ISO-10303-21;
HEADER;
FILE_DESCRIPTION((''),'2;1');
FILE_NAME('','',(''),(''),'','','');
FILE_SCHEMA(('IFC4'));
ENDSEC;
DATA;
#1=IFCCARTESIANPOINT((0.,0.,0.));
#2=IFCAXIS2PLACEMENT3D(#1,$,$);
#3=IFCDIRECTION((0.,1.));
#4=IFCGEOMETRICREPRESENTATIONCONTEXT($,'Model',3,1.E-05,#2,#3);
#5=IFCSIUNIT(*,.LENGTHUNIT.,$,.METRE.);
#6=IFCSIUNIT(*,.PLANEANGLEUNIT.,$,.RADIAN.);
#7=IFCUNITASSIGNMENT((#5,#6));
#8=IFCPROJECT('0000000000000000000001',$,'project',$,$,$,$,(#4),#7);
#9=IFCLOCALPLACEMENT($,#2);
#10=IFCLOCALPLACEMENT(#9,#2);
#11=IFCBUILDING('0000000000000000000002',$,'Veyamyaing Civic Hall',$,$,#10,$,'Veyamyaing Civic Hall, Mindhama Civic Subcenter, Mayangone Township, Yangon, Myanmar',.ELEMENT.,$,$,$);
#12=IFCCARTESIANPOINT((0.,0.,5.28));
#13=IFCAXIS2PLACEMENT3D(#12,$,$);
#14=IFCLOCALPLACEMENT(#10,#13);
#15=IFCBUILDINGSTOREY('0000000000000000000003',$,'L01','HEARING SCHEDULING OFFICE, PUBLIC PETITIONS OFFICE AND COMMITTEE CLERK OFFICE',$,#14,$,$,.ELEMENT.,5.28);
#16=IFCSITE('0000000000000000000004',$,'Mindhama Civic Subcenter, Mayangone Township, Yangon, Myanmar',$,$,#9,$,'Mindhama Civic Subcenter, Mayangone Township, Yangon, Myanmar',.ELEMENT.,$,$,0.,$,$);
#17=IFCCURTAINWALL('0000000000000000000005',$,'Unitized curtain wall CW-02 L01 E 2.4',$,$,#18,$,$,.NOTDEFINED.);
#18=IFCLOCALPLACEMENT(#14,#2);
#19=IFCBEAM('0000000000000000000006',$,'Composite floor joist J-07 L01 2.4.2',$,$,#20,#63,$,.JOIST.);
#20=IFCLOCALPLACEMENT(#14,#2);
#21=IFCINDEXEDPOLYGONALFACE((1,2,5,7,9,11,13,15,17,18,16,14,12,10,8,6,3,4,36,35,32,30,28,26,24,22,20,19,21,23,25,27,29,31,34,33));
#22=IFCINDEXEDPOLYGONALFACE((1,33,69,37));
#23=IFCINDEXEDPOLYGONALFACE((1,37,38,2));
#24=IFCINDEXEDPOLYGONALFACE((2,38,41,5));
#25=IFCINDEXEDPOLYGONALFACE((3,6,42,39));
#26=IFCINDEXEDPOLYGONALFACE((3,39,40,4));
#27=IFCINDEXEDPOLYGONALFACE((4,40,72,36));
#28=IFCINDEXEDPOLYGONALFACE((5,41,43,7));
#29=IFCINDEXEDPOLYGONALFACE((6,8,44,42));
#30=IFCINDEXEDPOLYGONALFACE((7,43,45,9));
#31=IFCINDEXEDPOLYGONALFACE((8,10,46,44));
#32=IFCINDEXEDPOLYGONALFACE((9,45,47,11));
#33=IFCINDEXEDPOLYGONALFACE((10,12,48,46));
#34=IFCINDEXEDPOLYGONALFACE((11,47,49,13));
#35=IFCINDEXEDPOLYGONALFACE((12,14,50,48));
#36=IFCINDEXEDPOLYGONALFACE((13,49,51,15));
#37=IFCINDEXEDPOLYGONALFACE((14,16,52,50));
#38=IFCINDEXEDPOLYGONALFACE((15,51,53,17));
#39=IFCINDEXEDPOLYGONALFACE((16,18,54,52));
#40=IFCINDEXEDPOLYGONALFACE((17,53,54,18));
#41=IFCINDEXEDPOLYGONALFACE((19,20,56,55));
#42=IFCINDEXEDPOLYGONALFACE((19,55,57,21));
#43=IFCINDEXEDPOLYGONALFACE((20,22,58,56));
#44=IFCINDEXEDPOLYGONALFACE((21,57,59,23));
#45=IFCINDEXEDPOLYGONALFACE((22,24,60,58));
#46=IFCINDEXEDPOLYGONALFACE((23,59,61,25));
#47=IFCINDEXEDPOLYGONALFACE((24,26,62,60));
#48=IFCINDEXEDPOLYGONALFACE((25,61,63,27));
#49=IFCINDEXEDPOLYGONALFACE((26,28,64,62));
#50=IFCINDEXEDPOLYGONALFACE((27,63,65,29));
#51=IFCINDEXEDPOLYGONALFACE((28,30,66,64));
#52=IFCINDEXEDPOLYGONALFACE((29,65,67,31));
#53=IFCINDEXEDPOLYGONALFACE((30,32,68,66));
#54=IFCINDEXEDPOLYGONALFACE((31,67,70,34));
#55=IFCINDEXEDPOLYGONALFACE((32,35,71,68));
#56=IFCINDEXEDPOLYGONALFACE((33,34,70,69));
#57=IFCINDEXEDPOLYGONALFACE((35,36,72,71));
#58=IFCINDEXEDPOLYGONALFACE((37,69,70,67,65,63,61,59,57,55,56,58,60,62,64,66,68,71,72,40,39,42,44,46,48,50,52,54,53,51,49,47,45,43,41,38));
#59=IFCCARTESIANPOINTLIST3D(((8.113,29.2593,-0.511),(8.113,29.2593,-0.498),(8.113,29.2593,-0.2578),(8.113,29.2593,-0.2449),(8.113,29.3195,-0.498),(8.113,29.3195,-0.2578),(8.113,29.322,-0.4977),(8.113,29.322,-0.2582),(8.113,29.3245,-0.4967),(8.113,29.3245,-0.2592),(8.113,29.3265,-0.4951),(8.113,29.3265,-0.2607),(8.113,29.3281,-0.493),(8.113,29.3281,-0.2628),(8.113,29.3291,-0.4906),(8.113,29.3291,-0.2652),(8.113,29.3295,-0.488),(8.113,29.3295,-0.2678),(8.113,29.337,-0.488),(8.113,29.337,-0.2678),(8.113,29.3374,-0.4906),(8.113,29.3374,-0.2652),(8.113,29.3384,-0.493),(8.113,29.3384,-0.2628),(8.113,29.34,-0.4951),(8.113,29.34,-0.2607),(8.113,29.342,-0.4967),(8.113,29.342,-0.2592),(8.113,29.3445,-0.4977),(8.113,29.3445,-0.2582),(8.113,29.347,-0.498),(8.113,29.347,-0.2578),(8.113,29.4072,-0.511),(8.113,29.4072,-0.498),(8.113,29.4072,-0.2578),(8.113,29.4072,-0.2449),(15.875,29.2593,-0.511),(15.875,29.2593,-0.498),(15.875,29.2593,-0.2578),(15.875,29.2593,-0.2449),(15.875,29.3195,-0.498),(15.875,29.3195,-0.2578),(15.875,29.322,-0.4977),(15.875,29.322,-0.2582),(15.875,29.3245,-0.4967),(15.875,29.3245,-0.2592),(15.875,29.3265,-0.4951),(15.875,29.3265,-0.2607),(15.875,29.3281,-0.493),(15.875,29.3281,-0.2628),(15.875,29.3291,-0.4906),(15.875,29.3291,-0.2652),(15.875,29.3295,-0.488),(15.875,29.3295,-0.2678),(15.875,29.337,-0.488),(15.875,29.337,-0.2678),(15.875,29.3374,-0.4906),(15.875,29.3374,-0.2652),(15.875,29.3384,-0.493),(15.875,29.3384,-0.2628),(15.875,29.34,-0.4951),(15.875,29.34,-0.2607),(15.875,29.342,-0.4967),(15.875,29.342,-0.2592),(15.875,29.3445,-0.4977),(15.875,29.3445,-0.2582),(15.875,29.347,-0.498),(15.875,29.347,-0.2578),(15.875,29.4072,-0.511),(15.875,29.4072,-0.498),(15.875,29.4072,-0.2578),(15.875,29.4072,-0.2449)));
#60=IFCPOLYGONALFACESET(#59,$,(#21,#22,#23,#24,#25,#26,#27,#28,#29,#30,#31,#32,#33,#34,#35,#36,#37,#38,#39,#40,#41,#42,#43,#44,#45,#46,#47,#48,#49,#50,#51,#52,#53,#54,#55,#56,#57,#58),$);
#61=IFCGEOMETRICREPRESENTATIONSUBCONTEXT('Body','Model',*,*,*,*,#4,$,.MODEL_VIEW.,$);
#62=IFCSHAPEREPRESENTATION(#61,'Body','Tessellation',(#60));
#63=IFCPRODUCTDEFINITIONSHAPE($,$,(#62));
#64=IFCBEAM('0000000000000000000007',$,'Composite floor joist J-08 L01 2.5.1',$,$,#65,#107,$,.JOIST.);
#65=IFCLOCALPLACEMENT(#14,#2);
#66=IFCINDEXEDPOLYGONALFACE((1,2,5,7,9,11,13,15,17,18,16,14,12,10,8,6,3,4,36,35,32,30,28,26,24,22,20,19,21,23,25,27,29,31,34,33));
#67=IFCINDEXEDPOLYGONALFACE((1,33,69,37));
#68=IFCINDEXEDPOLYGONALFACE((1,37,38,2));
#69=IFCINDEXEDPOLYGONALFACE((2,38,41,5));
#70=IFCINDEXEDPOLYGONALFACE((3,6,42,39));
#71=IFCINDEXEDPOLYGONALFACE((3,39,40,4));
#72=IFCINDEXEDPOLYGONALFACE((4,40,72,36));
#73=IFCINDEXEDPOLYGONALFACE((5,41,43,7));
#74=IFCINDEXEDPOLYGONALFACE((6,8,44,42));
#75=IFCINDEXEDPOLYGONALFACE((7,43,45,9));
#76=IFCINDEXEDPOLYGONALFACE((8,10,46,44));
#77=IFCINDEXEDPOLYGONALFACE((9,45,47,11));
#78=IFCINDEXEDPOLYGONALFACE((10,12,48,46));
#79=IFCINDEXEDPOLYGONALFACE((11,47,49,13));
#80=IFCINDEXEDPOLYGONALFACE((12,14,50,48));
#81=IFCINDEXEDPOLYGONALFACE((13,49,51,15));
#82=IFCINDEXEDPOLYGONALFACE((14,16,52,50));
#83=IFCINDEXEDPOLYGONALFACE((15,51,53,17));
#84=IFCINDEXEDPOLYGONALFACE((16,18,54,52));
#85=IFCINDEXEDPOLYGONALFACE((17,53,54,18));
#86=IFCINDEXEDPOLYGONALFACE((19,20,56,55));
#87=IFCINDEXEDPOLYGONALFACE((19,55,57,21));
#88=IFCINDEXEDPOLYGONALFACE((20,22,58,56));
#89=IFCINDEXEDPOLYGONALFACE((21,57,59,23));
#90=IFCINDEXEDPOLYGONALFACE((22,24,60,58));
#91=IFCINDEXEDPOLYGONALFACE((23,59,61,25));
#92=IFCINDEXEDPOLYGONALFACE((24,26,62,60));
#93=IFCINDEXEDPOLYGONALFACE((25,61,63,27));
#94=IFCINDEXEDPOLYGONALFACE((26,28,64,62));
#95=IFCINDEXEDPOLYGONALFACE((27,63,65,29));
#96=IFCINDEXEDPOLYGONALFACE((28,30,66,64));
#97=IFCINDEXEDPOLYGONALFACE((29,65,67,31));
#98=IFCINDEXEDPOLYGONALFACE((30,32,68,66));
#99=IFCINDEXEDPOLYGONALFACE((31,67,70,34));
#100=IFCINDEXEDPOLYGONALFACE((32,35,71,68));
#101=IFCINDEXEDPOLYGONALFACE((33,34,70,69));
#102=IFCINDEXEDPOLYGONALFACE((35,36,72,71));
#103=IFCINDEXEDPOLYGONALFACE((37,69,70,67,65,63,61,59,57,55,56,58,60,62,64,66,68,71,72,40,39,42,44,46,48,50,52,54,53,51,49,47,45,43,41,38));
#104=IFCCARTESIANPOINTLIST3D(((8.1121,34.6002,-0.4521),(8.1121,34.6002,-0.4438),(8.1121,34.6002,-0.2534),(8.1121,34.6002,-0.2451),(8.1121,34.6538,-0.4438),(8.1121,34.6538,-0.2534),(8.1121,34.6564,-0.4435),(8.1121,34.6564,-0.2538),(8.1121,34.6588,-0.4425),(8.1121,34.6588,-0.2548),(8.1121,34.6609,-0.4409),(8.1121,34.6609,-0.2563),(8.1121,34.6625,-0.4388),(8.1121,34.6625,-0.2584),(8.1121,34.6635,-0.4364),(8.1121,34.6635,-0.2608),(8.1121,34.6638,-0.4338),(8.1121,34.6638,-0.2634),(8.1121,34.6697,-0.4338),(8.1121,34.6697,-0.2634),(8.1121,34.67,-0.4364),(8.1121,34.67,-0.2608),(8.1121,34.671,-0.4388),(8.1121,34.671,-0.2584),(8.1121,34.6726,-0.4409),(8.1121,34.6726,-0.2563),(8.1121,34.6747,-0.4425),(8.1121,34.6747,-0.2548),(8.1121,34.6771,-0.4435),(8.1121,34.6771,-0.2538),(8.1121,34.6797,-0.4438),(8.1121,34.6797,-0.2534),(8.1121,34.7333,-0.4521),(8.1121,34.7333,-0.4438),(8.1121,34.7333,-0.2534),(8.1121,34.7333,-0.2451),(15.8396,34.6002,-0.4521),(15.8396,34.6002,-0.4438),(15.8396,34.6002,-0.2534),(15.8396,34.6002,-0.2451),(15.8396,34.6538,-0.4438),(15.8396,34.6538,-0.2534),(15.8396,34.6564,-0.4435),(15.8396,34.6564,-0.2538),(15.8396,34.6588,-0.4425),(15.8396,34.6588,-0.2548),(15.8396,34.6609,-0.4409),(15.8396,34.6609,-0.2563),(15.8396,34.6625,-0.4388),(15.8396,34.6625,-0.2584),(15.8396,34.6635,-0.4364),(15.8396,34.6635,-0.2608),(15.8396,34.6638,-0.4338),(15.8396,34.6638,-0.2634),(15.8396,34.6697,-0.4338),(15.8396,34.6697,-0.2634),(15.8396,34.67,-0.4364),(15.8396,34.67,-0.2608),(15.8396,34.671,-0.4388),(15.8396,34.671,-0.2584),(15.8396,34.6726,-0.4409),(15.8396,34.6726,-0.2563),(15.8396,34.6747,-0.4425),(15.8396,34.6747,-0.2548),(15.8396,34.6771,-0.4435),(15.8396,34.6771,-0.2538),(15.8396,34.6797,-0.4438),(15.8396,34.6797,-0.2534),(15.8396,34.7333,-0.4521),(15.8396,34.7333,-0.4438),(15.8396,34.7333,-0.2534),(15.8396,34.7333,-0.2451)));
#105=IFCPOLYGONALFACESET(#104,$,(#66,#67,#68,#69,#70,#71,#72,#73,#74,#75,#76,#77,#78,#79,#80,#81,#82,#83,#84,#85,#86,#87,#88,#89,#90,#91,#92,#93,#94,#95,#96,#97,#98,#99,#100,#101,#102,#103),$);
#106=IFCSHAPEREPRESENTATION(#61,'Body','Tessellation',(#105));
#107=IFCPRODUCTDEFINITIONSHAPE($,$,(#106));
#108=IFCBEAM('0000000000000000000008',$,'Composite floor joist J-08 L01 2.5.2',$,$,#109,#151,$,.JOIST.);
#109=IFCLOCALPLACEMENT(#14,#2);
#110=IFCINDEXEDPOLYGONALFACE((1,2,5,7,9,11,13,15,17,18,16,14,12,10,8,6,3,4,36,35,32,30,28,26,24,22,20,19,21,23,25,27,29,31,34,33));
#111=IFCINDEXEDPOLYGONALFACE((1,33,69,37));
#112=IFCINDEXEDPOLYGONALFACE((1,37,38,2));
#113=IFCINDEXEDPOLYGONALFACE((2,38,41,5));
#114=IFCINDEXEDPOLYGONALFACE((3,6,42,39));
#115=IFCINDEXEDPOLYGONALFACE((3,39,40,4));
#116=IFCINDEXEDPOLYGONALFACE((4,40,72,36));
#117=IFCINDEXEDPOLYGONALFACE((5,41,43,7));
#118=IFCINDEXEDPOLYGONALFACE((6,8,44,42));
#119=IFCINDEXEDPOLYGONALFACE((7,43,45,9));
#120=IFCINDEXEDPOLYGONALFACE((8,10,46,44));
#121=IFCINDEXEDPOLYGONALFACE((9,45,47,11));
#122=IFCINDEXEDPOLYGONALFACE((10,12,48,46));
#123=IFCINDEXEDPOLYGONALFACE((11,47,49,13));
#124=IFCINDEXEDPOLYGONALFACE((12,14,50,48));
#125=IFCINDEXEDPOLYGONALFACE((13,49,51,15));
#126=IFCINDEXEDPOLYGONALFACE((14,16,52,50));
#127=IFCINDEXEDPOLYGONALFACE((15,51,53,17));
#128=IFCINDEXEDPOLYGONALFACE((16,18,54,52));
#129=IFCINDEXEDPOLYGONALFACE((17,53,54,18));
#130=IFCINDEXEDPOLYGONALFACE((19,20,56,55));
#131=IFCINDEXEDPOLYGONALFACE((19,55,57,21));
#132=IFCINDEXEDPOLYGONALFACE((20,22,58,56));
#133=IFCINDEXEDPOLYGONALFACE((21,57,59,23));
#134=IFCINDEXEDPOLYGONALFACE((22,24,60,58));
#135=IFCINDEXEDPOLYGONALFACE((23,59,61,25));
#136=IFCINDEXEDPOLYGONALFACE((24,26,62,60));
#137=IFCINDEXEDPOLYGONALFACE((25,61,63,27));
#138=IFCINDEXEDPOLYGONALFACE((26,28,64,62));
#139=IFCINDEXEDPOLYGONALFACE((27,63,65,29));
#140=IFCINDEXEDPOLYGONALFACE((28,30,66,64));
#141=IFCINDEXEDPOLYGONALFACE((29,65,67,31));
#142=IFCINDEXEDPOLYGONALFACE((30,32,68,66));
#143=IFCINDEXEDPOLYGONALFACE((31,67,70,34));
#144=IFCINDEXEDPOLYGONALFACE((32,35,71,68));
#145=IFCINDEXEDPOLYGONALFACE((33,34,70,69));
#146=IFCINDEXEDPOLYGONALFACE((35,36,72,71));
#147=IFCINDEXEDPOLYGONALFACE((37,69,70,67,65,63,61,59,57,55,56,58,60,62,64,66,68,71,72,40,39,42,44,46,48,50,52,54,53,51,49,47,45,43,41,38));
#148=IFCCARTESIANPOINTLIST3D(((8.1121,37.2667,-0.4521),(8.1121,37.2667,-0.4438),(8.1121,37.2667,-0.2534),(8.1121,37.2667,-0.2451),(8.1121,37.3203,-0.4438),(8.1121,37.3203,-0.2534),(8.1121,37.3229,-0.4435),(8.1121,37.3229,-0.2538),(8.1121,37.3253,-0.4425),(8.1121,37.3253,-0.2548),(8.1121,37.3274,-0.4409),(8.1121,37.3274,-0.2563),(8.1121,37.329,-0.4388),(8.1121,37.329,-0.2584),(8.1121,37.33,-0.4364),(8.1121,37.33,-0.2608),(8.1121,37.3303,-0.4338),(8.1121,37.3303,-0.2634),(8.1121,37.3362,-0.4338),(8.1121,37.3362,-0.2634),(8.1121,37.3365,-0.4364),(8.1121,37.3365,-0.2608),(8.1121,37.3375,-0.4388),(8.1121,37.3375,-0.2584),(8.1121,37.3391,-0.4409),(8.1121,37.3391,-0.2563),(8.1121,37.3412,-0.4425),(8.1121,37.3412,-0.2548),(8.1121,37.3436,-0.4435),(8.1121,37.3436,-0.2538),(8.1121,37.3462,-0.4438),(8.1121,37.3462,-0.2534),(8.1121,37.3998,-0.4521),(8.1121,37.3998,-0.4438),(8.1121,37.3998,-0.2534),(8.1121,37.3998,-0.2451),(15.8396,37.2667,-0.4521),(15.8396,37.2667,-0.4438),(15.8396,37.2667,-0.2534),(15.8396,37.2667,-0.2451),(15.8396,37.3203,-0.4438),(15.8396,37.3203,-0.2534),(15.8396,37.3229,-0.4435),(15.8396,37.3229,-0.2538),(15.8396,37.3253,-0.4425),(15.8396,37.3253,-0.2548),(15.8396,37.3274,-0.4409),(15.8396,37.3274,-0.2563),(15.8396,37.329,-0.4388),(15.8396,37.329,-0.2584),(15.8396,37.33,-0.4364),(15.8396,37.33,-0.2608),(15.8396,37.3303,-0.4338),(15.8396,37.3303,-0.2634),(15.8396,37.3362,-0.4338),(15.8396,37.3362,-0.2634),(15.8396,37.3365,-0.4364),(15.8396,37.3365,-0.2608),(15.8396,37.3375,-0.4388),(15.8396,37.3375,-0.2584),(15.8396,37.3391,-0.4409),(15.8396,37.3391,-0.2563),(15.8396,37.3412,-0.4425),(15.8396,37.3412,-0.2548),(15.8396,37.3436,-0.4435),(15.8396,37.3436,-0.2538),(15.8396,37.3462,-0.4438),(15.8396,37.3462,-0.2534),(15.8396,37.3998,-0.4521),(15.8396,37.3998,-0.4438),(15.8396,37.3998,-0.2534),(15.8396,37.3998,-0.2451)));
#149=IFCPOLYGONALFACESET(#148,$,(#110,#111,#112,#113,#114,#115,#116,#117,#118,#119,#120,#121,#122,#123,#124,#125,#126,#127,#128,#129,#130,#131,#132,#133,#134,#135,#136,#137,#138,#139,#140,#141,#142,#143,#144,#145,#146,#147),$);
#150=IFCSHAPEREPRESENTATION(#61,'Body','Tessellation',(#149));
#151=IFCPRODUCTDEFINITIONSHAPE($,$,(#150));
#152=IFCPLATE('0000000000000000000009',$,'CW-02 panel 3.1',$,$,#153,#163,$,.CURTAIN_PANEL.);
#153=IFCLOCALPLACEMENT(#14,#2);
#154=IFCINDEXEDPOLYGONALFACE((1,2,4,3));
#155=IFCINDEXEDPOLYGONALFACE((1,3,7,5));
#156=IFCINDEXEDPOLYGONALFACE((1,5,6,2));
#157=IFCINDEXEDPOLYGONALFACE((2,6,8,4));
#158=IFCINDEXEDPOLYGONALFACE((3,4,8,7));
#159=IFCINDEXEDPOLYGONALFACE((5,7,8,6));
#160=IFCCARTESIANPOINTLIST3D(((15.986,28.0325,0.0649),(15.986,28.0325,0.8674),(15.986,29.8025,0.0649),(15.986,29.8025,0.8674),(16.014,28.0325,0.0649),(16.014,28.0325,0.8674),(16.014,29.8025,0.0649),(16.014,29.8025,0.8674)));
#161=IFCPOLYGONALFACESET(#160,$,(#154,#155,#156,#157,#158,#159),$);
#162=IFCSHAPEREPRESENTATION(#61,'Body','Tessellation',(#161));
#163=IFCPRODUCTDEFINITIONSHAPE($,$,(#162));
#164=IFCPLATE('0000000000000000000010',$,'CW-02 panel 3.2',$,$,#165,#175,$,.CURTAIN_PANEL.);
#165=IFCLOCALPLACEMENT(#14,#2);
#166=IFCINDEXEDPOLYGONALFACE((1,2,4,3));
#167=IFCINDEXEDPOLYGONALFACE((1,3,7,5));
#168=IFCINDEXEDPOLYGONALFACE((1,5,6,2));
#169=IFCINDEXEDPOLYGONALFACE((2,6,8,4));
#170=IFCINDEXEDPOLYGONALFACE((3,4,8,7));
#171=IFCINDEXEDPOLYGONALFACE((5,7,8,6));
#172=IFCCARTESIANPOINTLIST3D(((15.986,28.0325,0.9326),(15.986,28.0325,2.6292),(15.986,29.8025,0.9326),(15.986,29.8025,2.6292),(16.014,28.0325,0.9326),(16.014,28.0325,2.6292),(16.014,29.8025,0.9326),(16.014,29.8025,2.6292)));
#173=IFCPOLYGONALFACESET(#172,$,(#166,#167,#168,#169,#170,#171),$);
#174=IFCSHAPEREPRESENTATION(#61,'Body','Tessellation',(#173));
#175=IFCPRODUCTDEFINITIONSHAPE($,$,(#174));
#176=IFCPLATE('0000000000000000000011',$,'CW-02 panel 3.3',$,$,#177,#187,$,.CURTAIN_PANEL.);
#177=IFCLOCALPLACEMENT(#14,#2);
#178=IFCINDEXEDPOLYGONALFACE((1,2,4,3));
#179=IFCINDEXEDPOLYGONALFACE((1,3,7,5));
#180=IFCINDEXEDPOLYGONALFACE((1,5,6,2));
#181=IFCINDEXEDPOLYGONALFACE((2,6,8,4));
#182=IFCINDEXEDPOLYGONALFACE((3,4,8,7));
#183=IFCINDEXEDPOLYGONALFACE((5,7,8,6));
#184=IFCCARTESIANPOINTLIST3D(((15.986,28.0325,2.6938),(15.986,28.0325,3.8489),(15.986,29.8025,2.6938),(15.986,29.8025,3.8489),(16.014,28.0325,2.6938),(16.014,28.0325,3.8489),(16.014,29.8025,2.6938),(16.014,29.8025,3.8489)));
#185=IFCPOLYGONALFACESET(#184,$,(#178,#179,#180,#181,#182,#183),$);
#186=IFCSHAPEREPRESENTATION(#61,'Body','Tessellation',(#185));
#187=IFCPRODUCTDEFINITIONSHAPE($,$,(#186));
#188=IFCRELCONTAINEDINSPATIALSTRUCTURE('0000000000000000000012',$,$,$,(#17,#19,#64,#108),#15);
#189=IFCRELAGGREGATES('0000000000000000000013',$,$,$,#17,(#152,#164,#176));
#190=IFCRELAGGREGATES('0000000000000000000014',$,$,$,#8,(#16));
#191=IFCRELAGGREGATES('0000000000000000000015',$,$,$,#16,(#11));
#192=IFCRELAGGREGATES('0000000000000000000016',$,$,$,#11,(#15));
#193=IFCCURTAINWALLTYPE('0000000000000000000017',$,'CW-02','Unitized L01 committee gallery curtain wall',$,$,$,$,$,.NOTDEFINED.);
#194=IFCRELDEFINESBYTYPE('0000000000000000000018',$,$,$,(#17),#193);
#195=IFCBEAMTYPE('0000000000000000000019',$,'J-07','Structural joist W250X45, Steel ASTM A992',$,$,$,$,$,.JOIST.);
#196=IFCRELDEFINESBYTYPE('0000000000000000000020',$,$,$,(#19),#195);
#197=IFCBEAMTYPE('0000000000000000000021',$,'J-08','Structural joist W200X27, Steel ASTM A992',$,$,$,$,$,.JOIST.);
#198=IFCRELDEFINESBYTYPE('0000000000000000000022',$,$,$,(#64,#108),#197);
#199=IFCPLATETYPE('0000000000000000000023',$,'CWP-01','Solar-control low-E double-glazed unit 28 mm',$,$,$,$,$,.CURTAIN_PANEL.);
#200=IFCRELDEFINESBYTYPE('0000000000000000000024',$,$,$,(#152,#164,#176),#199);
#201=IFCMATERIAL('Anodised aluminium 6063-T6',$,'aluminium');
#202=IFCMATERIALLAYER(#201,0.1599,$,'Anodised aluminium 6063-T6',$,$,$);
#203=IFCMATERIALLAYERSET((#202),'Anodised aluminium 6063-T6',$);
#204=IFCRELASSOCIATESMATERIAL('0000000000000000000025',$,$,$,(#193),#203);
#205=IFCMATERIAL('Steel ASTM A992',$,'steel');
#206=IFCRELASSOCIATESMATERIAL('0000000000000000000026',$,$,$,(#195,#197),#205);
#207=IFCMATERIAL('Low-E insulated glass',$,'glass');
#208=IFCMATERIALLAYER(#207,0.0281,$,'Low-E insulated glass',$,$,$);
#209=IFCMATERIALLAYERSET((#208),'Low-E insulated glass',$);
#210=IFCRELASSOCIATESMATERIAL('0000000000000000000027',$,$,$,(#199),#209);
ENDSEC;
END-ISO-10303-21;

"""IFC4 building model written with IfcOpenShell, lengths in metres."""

from ifc_helpers import new_model, si_unit, direction, frame, origin, origin_2d, place, context, subcontext, project, spatial, rectangle, i_section, extrude, material, layer, layer_set, material_profile, profile_set, type_object, element, aggregate, save


model = new_model("IFC4")

# Units and contexts
model_context = context("Model", 3, precision=1e-05, world=origin(), true_north=direction((0.0, 1.0)))
body_context = subcontext(model_context, "Body", "Model", "MODEL_VIEW")
ifc_project = project(units=[si_unit("LENGTHUNIT", "METRE"), si_unit("PLANEANGLEUNIT", "RADIAN")], contexts=[model_context])

# Site, building, storey
site_placement = place(None, origin())
site = spatial("IfcSite", under=ifc_project, at=site_placement, Name="Mindhama Civic Subcenter, Mayangone Township, Yangon, Myanmar", LongName="Mindhama Civic Subcenter, Mayangone Township, Yangon, Myanmar", CompositionType="ELEMENT", RefElevation=0.0)
building_placement = place(site_placement, origin())
building = spatial("IfcBuilding", under=site, at=building_placement, Name="Veyamyaing Civic Hall", LongName="Veyamyaing Civic Hall, Mindhama Civic Subcenter, Mayangone Township, Yangon, Myanmar", CompositionType="ELEMENT")
storey_placement = place(building_placement, frame((0.0, 0.0, 5.28)))
storey = spatial("IfcBuildingStorey", under=building, at=storey_placement, Name="L01", Description="HEARING SCHEDULING OFFICE, PUBLIC PETITIONS OFFICE AND COMMITTEE CLERK OFFICE", CompositionType="ELEMENT", Elevation=5.28)

# Shared definitions
ifc_material_1 = material(Name="Steel ASTM A992", Category="steel")

# Curtain wall
ifc_material_2 = material(Name="Anodised aluminium 6063-T6", Category="aluminium")
ifc_layer_1 = layer(ifc_material_2, 0.1599, Name="Anodised aluminium 6063-T6")
ifc_layer_set_1 = layer_set([ifc_layer_1], Name="Anodised aluminium 6063-T6")
curtain_wall_type = type_object("IfcCurtainWallType", Name="CW-02", Description="Unitized L01 committee gallery curtain wall", PredefinedType="NOTDEFINED", material=ifc_layer_set_1)
curtain_wall_placement = place(storey_placement, origin())
curtain_wall = element("IfcCurtainWall", 1, at=curtain_wall_placement, inside=storey, type_object=curtain_wall_type, Name="Unitized curtain wall CW-02 L01 E 2.4", PredefinedType="NOTDEFINED")

# Beams
ifc_material_profile_1 = material_profile(ifc_material_1, i_section(OverallWidth=0.1479, OverallDepth=0.2661, WebThickness=0.0076, FlangeThickness=0.0129, FilletRadius=0.01, at=origin_2d()), Name="W250X45")
ifc_profile_set_1 = profile_set([ifc_material_profile_1], Name="Steel ASTM A992")
beam_type_1 = type_object("IfcBeamType", Name="J-07", Description="Structural joist W250X45, Steel ASTM A992", PredefinedType="JOIST", material=ifc_profile_set_1)
beam_1_placement = place(storey_placement, frame((8.113, 29.3333, -0.3779), z_axis=(1.0, 0.0, 0.0), x_axis=(0.0, 1.0, 0.0)))
element("IfcBeam", 2, at=beam_1_placement, inside=storey, type_object=beam_type_1, Name="Composite floor joist J-07 L01 2.4.2", PredefinedType="JOIST", context=body_context, shape_type="SweptSolid", body=[
    extrude(i_section(OverallWidth=0.1479, OverallDepth=0.2661, WebThickness=0.0076, FlangeThickness=0.0129, FilletRadius=0.01, at=origin_2d()), origin(), (0.0, 0.0, 1.0), 7.762),
])
ifc_material_profile_2 = material_profile(ifc_material_1, i_section(OverallWidth=0.1331, OverallDepth=0.207, WebThickness=0.0059, FlangeThickness=0.0083, FilletRadius=0.01, at=origin_2d()), Name="W200X27")
ifc_profile_set_2 = profile_set([ifc_material_profile_2], Name="Steel ASTM A992")
beam_type_2 = type_object("IfcBeamType", Name="J-08", Description="Structural joist W200X27, Steel ASTM A992", PredefinedType="JOIST", material=ifc_profile_set_2)
for number, where, z_axis, x_axis, name in (
    (3, (8.1121, 34.6667, -0.3486), (1.0, 0.0, 0.0), (0.0, 1.0, 0.0), "Composite floor joist J-08 L01 2.5.1"),
    (4, (8.1121, 37.3333, -0.3486), (1.0, 0.0, 0.0), (0.0, 1.0, 0.0), "Composite floor joist J-08 L01 2.5.2"),
):
    element("IfcBeam", number, at=place(storey_placement, frame(where, z_axis=z_axis, x_axis=x_axis)), inside=storey, type_object=beam_type_2, Name=name, PredefinedType="JOIST", context=body_context, shape_type="SweptSolid", body=[
        extrude(i_section(OverallWidth=0.1331, OverallDepth=0.207, WebThickness=0.0059, FlangeThickness=0.0083, FilletRadius=0.01, at=origin_2d()), origin(), (0.0, 0.0, 1.0), 7.7275),
    ])

# Plates
ifc_material_3 = material(Name="Low-E insulated glass", Category="glass")
ifc_layer_2 = layer(ifc_material_3, 0.0281, Name="Low-E insulated glass")
ifc_layer_set_2 = layer_set([ifc_layer_2], Name="Low-E insulated glass")
plate_type = type_object("IfcPlateType", Name="CWP-01", Description="Solar-control low-E double-glazed unit 28 mm", PredefinedType="CURTAIN_PANEL", material=ifc_layer_set_2)
plate_1_placement = place(storey_placement, frame((16.0, 28.9175, 0.0649), z_axis=(0.0, 0.0, 1.0), x_axis=(0.0, 1.0, 0.0)))
plate_1 = element("IfcPlate", 5, at=plate_1_placement, type_object=plate_type, Name="CW-02 panel 3.1", PredefinedType="CURTAIN_PANEL", context=body_context, shape_type="SweptSolid", body=[
    extrude(rectangle(XDim=1.77, YDim=0.0281, at=origin_2d()), origin(), (0.0, 0.0, 1.0), 0.8025),
])
plate_2_placement = place(storey_placement, frame((16.0, 28.9175, 0.9326), z_axis=(0.0, 0.0, 1.0), x_axis=(0.0, 1.0, 0.0)))
plate_2 = element("IfcPlate", 6, at=plate_2_placement, type_object=plate_type, Name="CW-02 panel 3.2", PredefinedType="CURTAIN_PANEL", context=body_context, shape_type="SweptSolid", body=[
    extrude(rectangle(XDim=1.77, YDim=0.0281, at=origin_2d()), origin(), (0.0, 0.0, 1.0), 1.6965),
])
plate_3_placement = place(storey_placement, frame((16.0, 28.9175, 2.6938), z_axis=(0.0, 0.0, 1.0), x_axis=(0.0, 1.0, 0.0)))
plate_3 = element("IfcPlate", 7, at=plate_3_placement, type_object=plate_type, Name="CW-02 panel 3.3", PredefinedType="CURTAIN_PANEL", context=body_context, shape_type="SweptSolid", body=[
    extrude(rectangle(XDim=1.77, YDim=0.0281, at=origin_2d()), origin(), (0.0, 0.0, 1.0), 1.155),
])
aggregate(curtain_wall, [plate_1, plate_2, plate_3])

save(model, "model.ifc")
